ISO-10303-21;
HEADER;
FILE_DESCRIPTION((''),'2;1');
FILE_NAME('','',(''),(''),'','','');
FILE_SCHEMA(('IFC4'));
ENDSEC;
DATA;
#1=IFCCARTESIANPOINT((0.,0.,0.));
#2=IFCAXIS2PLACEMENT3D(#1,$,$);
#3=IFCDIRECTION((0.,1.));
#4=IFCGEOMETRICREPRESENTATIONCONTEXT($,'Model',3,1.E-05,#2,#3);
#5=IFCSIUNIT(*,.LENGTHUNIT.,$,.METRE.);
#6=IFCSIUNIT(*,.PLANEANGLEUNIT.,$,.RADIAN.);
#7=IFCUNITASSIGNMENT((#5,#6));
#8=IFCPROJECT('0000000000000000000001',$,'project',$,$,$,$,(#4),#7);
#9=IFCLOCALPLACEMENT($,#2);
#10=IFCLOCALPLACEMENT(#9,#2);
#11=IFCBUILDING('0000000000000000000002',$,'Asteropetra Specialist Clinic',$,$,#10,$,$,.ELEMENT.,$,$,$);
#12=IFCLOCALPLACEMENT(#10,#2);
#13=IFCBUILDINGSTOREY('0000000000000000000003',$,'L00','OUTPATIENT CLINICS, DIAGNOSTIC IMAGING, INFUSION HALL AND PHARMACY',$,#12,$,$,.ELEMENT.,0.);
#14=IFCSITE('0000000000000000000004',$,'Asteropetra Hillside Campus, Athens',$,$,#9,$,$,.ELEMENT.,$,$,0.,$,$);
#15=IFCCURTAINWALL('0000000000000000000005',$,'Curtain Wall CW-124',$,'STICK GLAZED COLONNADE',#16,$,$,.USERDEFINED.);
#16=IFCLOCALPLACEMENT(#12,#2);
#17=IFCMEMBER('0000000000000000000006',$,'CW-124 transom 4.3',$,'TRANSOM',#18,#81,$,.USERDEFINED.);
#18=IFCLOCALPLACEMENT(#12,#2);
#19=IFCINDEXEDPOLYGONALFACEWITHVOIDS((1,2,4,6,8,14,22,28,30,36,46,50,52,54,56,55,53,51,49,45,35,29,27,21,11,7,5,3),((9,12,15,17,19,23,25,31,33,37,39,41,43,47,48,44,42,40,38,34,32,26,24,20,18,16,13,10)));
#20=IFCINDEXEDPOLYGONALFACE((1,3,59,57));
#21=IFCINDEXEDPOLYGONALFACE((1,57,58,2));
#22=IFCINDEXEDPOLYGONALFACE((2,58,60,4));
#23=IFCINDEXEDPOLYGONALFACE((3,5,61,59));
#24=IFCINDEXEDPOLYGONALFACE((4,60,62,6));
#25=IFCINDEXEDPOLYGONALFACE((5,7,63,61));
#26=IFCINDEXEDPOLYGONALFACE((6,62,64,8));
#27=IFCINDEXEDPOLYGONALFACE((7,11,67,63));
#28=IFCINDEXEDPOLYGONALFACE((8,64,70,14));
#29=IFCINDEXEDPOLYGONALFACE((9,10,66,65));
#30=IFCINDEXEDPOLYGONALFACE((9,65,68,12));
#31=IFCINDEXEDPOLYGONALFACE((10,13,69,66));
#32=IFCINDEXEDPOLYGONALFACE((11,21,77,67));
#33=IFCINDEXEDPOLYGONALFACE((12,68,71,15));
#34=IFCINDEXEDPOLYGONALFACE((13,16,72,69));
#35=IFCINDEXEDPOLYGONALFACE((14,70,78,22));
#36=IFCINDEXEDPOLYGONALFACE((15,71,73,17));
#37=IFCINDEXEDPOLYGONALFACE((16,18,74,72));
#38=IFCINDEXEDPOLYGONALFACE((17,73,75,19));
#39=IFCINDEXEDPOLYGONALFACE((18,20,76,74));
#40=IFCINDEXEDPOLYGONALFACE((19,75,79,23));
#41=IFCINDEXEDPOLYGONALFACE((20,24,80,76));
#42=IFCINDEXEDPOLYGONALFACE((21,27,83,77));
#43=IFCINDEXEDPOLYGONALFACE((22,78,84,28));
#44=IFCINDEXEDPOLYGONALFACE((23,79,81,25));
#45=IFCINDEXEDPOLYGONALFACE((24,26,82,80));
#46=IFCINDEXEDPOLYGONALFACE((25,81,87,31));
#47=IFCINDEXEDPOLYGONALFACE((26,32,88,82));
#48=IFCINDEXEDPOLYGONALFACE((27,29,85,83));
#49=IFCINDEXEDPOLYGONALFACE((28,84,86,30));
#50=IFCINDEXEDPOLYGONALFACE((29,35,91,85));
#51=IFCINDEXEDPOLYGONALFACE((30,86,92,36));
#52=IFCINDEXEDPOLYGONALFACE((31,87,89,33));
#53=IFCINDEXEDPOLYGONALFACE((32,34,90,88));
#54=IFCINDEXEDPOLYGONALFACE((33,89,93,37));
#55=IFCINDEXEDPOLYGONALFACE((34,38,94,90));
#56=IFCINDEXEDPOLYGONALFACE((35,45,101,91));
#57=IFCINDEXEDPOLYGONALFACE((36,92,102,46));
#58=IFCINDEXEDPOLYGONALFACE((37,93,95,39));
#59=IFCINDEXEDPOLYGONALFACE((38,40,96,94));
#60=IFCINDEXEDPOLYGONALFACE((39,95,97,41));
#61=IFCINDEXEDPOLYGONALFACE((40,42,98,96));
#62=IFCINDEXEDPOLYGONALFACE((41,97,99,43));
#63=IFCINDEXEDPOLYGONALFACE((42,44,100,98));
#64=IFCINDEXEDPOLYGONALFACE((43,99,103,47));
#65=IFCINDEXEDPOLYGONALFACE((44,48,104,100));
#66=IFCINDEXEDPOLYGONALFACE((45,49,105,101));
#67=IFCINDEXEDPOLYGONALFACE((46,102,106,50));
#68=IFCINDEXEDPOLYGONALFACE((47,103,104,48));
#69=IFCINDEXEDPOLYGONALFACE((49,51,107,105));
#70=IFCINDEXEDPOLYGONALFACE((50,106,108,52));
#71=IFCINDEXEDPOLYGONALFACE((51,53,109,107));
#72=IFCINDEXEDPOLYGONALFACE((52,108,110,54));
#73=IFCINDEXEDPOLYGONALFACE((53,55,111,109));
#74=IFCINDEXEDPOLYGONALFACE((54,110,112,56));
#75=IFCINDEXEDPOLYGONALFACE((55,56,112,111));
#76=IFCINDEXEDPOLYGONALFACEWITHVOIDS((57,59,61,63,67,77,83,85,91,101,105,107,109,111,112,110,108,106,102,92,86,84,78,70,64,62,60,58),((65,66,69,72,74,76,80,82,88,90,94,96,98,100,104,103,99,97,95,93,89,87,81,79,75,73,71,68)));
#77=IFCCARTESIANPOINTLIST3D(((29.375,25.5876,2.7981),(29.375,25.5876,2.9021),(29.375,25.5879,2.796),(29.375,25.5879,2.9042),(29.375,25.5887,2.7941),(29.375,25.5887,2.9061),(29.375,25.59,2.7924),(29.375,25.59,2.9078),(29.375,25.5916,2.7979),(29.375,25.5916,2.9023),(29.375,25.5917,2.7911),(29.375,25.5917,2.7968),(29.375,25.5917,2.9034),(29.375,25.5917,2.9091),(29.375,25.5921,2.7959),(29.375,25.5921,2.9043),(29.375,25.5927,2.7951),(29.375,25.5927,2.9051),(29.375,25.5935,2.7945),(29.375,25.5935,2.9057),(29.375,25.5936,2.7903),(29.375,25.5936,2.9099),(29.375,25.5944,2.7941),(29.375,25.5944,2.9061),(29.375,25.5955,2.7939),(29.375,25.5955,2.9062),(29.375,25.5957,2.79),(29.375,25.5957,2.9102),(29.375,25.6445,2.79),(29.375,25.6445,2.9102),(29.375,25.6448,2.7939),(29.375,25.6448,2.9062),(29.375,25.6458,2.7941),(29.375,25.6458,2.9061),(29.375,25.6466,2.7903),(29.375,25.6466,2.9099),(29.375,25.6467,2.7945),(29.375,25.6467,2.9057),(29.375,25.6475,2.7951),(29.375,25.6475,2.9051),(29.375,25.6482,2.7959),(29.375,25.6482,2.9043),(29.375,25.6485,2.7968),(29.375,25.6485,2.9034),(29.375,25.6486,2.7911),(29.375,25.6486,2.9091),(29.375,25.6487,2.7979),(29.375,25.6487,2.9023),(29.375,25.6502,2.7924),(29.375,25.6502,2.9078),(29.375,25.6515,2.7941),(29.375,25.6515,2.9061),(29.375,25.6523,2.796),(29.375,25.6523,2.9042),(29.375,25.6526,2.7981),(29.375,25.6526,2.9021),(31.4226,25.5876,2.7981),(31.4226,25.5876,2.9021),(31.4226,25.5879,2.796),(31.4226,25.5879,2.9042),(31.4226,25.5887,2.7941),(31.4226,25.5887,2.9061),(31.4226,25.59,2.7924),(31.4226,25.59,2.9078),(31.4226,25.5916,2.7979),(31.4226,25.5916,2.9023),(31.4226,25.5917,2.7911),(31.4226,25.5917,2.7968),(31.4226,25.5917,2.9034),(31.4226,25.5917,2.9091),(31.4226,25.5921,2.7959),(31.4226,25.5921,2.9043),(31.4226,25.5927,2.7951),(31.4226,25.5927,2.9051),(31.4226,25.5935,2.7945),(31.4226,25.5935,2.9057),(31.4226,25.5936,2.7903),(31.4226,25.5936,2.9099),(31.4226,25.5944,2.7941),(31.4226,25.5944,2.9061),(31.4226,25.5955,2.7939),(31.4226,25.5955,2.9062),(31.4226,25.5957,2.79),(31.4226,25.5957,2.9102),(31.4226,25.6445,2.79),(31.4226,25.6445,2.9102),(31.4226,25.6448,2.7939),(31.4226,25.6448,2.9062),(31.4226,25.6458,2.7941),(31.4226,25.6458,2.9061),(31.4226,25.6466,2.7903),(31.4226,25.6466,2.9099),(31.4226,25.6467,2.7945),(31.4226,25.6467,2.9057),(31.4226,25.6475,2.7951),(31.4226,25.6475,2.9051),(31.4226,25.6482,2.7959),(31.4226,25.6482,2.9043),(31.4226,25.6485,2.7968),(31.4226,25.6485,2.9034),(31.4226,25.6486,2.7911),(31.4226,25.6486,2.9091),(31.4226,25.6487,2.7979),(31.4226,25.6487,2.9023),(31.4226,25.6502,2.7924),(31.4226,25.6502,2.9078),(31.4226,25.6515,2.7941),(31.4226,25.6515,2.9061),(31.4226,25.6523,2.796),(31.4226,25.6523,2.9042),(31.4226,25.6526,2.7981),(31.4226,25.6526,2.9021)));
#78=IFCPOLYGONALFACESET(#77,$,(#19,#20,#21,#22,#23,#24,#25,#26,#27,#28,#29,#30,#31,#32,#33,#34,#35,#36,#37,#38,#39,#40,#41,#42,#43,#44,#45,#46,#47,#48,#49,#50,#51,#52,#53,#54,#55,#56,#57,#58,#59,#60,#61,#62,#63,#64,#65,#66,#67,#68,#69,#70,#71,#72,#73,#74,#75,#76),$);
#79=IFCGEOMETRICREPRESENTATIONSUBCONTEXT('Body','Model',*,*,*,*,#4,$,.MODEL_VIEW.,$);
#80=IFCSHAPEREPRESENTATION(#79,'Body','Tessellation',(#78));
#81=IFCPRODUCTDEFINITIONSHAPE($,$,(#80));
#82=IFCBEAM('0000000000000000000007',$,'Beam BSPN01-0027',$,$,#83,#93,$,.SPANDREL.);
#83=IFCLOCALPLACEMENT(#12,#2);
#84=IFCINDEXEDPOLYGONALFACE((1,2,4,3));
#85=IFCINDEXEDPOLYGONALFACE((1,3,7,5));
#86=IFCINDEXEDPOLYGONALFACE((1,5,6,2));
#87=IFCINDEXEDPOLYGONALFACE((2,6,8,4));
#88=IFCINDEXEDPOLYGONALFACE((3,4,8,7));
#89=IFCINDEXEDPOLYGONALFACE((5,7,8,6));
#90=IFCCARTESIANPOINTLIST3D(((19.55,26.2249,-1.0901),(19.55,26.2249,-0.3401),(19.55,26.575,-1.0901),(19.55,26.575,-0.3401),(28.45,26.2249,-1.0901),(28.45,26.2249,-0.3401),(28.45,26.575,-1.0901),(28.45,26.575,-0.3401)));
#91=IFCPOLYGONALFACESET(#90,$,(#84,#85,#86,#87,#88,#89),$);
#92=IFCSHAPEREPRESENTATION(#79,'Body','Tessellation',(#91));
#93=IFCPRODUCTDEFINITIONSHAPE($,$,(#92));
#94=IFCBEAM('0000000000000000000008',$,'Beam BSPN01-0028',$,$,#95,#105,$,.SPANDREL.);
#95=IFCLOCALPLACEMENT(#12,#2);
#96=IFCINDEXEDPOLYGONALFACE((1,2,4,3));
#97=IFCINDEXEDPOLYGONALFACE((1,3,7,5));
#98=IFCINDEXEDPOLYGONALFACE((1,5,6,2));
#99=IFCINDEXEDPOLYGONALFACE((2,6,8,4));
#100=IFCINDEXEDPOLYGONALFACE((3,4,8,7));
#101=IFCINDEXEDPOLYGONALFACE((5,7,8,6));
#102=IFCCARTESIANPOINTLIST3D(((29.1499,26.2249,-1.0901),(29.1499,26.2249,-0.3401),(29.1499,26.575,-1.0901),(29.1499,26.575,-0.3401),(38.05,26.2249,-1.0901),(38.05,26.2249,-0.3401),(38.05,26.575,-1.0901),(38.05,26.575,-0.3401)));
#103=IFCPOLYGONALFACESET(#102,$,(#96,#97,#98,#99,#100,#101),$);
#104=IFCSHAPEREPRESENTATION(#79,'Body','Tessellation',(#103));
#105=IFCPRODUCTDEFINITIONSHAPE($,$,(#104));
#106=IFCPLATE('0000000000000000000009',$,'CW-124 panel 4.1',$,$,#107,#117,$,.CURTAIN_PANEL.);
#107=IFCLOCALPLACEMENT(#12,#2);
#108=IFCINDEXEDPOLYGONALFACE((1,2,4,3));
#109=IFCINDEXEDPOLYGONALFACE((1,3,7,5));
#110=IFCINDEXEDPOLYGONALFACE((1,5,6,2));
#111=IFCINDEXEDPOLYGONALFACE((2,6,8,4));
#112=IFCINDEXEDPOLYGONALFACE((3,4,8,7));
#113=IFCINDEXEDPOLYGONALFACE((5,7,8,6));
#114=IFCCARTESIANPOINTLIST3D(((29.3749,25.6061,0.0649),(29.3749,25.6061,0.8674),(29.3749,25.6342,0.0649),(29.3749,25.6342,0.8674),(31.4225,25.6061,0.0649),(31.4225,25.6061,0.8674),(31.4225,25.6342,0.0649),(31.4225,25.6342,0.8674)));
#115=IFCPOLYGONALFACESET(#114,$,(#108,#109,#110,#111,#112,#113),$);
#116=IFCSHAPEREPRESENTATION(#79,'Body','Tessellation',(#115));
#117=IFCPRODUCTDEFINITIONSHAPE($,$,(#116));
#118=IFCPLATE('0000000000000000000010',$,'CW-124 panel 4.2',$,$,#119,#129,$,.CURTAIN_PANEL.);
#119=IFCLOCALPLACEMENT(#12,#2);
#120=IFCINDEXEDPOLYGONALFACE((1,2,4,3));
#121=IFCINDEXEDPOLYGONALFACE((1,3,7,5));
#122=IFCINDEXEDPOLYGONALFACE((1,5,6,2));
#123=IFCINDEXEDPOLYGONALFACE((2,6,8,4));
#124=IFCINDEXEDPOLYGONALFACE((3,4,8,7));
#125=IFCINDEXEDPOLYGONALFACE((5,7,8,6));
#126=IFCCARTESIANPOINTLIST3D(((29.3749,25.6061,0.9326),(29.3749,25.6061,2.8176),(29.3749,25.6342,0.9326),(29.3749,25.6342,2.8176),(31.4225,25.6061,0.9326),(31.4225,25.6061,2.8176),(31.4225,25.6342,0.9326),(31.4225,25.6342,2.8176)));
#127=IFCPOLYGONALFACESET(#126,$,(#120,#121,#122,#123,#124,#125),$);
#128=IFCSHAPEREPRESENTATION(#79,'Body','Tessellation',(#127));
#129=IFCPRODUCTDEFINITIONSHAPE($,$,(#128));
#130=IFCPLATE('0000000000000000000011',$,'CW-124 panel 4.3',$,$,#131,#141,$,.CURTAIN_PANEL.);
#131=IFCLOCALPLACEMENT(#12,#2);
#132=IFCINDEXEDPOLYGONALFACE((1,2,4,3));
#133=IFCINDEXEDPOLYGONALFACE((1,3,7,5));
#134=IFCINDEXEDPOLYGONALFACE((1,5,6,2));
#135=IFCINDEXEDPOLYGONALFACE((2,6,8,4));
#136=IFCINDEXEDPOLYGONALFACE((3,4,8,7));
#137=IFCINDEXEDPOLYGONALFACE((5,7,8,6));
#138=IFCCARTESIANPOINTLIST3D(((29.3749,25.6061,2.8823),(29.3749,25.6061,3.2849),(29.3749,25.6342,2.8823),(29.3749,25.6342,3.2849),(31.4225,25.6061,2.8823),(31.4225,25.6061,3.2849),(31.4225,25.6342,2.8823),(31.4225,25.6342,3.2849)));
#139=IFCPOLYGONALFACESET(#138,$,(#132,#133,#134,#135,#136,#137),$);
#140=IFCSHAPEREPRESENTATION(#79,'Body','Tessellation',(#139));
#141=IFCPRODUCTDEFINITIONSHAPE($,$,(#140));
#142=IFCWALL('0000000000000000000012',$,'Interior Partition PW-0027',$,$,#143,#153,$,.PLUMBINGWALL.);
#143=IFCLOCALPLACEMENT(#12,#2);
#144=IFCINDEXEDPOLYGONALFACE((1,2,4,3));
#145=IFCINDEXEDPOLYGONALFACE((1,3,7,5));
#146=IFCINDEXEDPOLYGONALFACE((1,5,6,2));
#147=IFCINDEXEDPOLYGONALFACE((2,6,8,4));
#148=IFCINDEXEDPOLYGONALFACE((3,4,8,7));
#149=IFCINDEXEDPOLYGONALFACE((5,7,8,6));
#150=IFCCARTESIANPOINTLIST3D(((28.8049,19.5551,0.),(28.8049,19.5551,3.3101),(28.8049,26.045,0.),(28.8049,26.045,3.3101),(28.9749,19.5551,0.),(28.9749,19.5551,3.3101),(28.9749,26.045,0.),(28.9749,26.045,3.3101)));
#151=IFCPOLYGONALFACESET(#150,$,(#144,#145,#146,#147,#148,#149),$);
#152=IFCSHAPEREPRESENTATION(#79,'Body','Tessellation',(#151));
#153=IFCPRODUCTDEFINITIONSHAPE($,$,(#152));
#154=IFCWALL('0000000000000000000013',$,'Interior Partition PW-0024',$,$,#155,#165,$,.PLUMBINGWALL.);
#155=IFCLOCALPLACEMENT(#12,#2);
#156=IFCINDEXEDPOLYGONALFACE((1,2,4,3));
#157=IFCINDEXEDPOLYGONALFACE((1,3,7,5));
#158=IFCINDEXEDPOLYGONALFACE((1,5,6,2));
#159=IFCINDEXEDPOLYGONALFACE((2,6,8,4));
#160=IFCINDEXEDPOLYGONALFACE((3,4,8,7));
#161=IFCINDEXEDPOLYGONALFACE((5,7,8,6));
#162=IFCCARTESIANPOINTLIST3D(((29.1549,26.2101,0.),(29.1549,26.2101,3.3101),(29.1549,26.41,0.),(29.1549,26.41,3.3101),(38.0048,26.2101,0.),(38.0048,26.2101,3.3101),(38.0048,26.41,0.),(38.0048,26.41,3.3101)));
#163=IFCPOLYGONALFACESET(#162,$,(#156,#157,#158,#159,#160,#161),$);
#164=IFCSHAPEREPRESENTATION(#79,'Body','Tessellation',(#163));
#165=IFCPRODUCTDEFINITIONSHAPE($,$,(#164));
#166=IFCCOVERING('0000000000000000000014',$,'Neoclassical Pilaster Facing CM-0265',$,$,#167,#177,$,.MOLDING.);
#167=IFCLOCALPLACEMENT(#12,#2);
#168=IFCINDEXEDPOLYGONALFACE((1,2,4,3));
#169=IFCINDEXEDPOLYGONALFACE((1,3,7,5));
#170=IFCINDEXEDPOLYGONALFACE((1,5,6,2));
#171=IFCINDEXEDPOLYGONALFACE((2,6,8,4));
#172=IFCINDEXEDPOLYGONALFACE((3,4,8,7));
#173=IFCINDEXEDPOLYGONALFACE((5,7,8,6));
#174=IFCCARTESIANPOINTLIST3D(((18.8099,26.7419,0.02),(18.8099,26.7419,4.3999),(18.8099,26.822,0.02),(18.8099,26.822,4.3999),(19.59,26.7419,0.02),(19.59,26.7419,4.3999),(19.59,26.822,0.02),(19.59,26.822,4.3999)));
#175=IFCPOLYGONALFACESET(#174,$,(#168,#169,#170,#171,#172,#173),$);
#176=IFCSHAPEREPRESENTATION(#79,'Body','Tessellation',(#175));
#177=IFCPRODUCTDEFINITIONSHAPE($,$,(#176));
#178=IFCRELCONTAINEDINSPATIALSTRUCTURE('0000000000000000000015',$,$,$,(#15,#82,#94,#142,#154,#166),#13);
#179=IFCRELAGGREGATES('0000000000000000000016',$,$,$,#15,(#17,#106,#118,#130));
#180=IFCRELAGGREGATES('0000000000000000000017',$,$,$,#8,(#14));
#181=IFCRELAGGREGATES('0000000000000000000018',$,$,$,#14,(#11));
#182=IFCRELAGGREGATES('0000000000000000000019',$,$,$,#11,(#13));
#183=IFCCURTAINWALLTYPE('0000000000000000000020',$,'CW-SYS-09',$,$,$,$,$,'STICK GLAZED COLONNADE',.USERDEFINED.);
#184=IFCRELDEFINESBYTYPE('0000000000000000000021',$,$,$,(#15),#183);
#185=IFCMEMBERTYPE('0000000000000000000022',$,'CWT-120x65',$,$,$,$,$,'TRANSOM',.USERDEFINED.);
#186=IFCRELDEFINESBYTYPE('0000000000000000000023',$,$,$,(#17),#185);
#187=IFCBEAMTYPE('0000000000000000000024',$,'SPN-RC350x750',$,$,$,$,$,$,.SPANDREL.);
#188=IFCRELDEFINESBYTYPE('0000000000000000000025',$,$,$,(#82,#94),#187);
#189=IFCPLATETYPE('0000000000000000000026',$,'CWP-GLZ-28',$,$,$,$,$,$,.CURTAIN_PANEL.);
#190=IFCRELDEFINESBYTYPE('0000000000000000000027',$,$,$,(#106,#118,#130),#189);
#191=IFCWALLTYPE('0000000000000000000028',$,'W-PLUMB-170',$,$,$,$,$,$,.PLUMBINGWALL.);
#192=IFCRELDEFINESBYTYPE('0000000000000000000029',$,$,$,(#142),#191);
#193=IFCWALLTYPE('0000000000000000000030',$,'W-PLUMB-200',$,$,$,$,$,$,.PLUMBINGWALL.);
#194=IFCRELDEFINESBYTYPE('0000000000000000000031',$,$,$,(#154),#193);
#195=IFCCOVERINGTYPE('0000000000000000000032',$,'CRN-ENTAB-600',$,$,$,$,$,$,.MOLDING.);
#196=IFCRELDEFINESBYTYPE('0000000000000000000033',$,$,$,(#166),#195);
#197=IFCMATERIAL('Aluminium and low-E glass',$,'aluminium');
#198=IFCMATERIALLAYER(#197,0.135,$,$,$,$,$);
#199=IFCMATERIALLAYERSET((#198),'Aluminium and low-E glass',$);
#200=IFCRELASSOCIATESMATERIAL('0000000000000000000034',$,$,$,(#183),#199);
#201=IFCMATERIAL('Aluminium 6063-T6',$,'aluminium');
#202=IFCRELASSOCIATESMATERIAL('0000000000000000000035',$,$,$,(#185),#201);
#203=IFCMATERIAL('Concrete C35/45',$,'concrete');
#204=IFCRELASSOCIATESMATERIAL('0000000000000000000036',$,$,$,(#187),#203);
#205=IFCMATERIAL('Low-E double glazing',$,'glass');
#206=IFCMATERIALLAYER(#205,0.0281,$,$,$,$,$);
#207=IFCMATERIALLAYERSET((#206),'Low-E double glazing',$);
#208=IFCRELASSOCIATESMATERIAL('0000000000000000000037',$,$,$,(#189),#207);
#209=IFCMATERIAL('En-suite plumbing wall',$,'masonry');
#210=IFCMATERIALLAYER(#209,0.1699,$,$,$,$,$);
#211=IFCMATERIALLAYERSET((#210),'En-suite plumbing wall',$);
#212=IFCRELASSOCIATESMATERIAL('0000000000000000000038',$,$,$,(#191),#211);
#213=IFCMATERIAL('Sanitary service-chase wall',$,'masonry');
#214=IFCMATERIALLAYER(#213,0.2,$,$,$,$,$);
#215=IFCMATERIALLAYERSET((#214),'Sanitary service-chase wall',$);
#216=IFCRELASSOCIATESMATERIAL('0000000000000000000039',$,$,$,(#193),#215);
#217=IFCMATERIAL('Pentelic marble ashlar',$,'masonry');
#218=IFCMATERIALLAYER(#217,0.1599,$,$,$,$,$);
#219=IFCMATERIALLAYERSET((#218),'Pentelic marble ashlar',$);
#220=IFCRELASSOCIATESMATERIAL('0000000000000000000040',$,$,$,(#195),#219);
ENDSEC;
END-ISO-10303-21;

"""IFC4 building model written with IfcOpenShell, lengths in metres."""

from ifc_helpers import new_model, si_unit, direction, frame, frame_2d, origin, origin_2d, place, context, subcontext, project, spatial, rectangle, hollow_rectangle, extrude, material, layer, layer_set, material_profile, profile_set, type_object, element, aggregate, save


model = new_model("IFC4")

# Units and contexts
model_context = context("Model", 3, precision=1e-05, world=origin(), true_north=direction((0.0, 1.0)))
body_context = subcontext(model_context, "Body", "Model", "MODEL_VIEW")
ifc_project = project(units=[si_unit("LENGTHUNIT", "METRE"), si_unit("PLANEANGLEUNIT", "RADIAN")], contexts=[model_context])

# Site, building, storey
site_placement = place(None, origin())
site = spatial("IfcSite", under=ifc_project, at=site_placement, Name="Asteropetra Hillside Campus, Athens", CompositionType="ELEMENT", RefElevation=0.0)
building_placement = place(site_placement, origin())
building = spatial("IfcBuilding", under=site, at=building_placement, Name="Asteropetra Specialist Clinic", CompositionType="ELEMENT")
storey_placement = place(building_placement, origin())
storey = spatial("IfcBuildingStorey", under=building, at=storey_placement, Name="L00", Description="OUTPATIENT CLINICS, DIAGNOSTIC IMAGING, INFUSION HALL AND PHARMACY", CompositionType="ELEMENT", Elevation=0.0)

# Curtain wall, member
ifc_material_1 = material(Name="Aluminium and low-E glass", Category="aluminium")
ifc_layer_1 = layer(ifc_material_1, 0.135)
ifc_layer_set_1 = layer_set([ifc_layer_1], Name="Aluminium and low-E glass")
curtain_wall_type = type_object("IfcCurtainWallType", Name="CW-SYS-09", ElementType="STICK GLAZED COLONNADE", PredefinedType="USERDEFINED", material=ifc_layer_set_1)
curtain_wall_placement = place(storey_placement, origin())
curtain_wall = element("IfcCurtainWall", 1, at=curtain_wall_placement, inside=storey, type_object=curtain_wall_type, Name="Curtain Wall CW-124", ObjectType="STICK GLAZED COLONNADE", PredefinedType="USERDEFINED")
ifc_material_2 = material(Name="Aluminium 6063-T6", Category="aluminium")
ifc_material_profile_1 = material_profile(ifc_material_2, hollow_rectangle(XDim=0.0649, YDim=0.1201, WallThickness=0.0039, InnerFilletRadius=0.0039, OuterFilletRadius=0.0081, at=origin_2d()), Name="TRN 120x65x4.0")
ifc_profile_set_1 = profile_set([ifc_material_profile_1], Name="Aluminium 6063-T6")
member_type_1 = type_object("IfcMemberType", Name="CWT-120x65", ElementType="TRANSOM", PredefinedType="USERDEFINED", material=ifc_profile_set_1)
member_1_placement = place(storey_placement, frame((31.4226, 25.6201, 2.8501), z_axis=(-1.0, 0.0, 0.0), x_axis=(0.0, -1.0, 0.0)))
member_1 = element("IfcMember", 2, at=member_1_placement, type_object=member_type_1, Name="CW-124 transom 4.3", ObjectType="TRANSOM", PredefinedType="USERDEFINED", context=body_context, shape_type="SweptSolid", body=[
    extrude(hollow_rectangle(XDim=0.0649, YDim=0.1201, WallThickness=0.0039, InnerFilletRadius=0.0039, OuterFilletRadius=0.0081, at=origin_2d()), origin(), (0.0, 0.0, 1.0), 2.0476),
])

# Beams
ifc_material_3 = material(Name="Concrete C35/45", Category="concrete")
ifc_material_profile_2 = material_profile(ifc_material_3, rectangle(XDim=0.3501, YDim=0.75, at=origin_2d()), Name="RCS 350x750")
ifc_profile_set_2 = profile_set([ifc_material_profile_2], Name="Concrete C35/45")
beam_type_1 = type_object("IfcBeamType", Name="SPN-RC350x750", PredefinedType="SPANDREL", material=ifc_profile_set_2)
beam_1_placement = place(storey_placement, frame((19.55, 26.3999, -0.7151), z_axis=(1.0, 0.0, 0.0), x_axis=(0.0, 1.0, 0.0)))
element("IfcBeam", 3, at=beam_1_placement, inside=storey, type_object=beam_type_1, Name="Beam BSPN01-0027", PredefinedType="SPANDREL", context=body_context, shape_type="SweptSolid", body=[
    extrude(rectangle(XDim=0.3501, YDim=0.75, at=origin_2d()), origin(), (0.0, 0.0, 1.0), 8.8999),
])
beam_2_placement = place(storey_placement, frame((29.1499, 26.3999, -0.7151), z_axis=(1.0, 0.0, 0.0), x_axis=(0.0, 1.0, 0.0)))
element("IfcBeam", 4, at=beam_2_placement, inside=storey, type_object=beam_type_1, Name="Beam BSPN01-0028", PredefinedType="SPANDREL", context=body_context, shape_type="SweptSolid", body=[
    extrude(rectangle(XDim=0.3501, YDim=0.75, at=origin_2d()), origin(), (0.0, 0.0, 1.0), 8.9001),
])

# Plates
ifc_material_4 = material(Name="Low-E double glazing", Category="glass")
ifc_layer_2 = layer(ifc_material_4, 0.0281)
ifc_layer_set_2 = layer_set([ifc_layer_2], Name="Low-E double glazing")
plate_type = type_object("IfcPlateType", Name="CWP-GLZ-28", PredefinedType="CURTAIN_PANEL", material=ifc_layer_set_2)
plate_1_placement = place(storey_placement, frame((30.3987, 25.6201, 0.0649), z_axis=(0.0, 0.0, 1.0), x_axis=(-1.0, 0.0, 0.0)))
plate_1 = element("IfcPlate", 5, at=plate_1_placement, type_object=plate_type, Name="CW-124 panel 4.1", PredefinedType="CURTAIN_PANEL", context=body_context, shape_type="SweptSolid", body=[
    extrude(rectangle(XDim=2.0476, YDim=0.0281, at=origin_2d()), origin(), (0.0, 0.0, 1.0), 0.8025),
])
plate_2_placement = place(storey_placement, frame((30.3987, 25.6201, 0.9326), z_axis=(0.0, 0.0, 1.0), x_axis=(-1.0, 0.0, 0.0)))
plate_2 = element("IfcPlate", 6, at=plate_2_placement, type_object=plate_type, Name="CW-124 panel 4.2", PredefinedType="CURTAIN_PANEL", context=body_context, shape_type="SweptSolid", body=[
    extrude(rectangle(XDim=2.0476, YDim=0.0281, at=origin_2d()), origin(), (0.0, 0.0, 1.0), 1.885),
])
plate_3_placement = place(storey_placement, frame((30.3987, 25.6201, 2.8823), z_axis=(0.0, 0.0, 1.0), x_axis=(-1.0, 0.0, 0.0)))
plate_3 = element("IfcPlate", 7, at=plate_3_placement, type_object=plate_type, Name="CW-124 panel 4.3", PredefinedType="CURTAIN_PANEL", context=body_context, shape_type="SweptSolid", body=[
    extrude(rectangle(XDim=2.0476, YDim=0.0281, at=origin_2d()), origin(), (0.0, 0.0, 1.0), 0.4026),
])
aggregate(curtain_wall, [member_1, plate_1, plate_2, plate_3])

# Walls
ifc_material_5 = material(Name="En-suite plumbing wall", Category="masonry")
ifc_layer_3 = layer(ifc_material_5, 0.1699)
ifc_layer_set_3 = layer_set([ifc_layer_3], Name="En-suite plumbing wall")
wall_type_1 = type_object("IfcWallType", Name="W-PLUMB-170", PredefinedType="PLUMBINGWALL", material=ifc_layer_set_3)
wall_1_placement = place(storey_placement, frame((28.8899, 19.5549, 0.0), z_axis=(0.0, 0.0, 1.0), x_axis=(0.0, 1.0, 0.0)))
element("IfcWall", 8, at=wall_1_placement, inside=storey, type_object=wall_type_1, Name="Interior Partition PW-0027", PredefinedType="PLUMBINGWALL", context=body_context, shape_type="SweptSolid", body=[
    extrude(rectangle(XDim=6.49, YDim=0.1699, at=frame_2d((3.2451, 0.0))), origin(), (0.0, 0.0, 1.0), 3.3101),
])
ifc_material_6 = material(Name="Sanitary service-chase wall", Category="masonry")
ifc_layer_4 = layer(ifc_material_6, 0.2)
ifc_layer_set_4 = layer_set([ifc_layer_4], Name="Sanitary service-chase wall")
wall_type_2 = type_object("IfcWallType", Name="W-PLUMB-200", PredefinedType="PLUMBINGWALL", material=ifc_layer_set_4)
wall_2_placement = place(storey_placement, frame((29.155, 26.3101, 0.0), z_axis=(0.0, 0.0, 1.0), x_axis=(1.0, 0.0, 0.0)))
element("IfcWall", 9, at=wall_2_placement, inside=storey, type_object=wall_type_2, Name="Interior Partition PW-0024", PredefinedType="PLUMBINGWALL", context=body_context, shape_type="SweptSolid", body=[
    extrude(rectangle(XDim=8.8499, YDim=0.2, at=frame_2d((4.4248, 0.0))), origin(), (0.0, 0.0, 1.0), 3.3101),
])

# Covering
ifc_material_7 = material(Name="Pentelic marble ashlar", Category="masonry")
ifc_layer_5 = layer(ifc_material_7, 0.1599)
ifc_layer_set_5 = layer_set([ifc_layer_5], Name="Pentelic marble ashlar")
covering_type = type_object("IfcCoveringType", Name="CRN-ENTAB-600", PredefinedType="MOLDING", material=ifc_layer_set_5)
covering_1_placement = place(storey_placement, frame((19.2, 26.782, 0.02), z_axis=(0.0, 0.0, 1.0), x_axis=(1.0, 0.0, 0.0)))
element("IfcCovering", 10, at=covering_1_placement, inside=storey, type_object=covering_type, Name="Neoclassical Pilaster Facing CM-0265", PredefinedType="MOLDING", context=body_context, shape_type="SweptSolid", body=[
    extrude(rectangle(XDim=0.78, YDim=0.0801, at=origin_2d()), origin(), (0.0, 0.0, 1.0), 4.3799),
])

save(model, "model.ifc")
